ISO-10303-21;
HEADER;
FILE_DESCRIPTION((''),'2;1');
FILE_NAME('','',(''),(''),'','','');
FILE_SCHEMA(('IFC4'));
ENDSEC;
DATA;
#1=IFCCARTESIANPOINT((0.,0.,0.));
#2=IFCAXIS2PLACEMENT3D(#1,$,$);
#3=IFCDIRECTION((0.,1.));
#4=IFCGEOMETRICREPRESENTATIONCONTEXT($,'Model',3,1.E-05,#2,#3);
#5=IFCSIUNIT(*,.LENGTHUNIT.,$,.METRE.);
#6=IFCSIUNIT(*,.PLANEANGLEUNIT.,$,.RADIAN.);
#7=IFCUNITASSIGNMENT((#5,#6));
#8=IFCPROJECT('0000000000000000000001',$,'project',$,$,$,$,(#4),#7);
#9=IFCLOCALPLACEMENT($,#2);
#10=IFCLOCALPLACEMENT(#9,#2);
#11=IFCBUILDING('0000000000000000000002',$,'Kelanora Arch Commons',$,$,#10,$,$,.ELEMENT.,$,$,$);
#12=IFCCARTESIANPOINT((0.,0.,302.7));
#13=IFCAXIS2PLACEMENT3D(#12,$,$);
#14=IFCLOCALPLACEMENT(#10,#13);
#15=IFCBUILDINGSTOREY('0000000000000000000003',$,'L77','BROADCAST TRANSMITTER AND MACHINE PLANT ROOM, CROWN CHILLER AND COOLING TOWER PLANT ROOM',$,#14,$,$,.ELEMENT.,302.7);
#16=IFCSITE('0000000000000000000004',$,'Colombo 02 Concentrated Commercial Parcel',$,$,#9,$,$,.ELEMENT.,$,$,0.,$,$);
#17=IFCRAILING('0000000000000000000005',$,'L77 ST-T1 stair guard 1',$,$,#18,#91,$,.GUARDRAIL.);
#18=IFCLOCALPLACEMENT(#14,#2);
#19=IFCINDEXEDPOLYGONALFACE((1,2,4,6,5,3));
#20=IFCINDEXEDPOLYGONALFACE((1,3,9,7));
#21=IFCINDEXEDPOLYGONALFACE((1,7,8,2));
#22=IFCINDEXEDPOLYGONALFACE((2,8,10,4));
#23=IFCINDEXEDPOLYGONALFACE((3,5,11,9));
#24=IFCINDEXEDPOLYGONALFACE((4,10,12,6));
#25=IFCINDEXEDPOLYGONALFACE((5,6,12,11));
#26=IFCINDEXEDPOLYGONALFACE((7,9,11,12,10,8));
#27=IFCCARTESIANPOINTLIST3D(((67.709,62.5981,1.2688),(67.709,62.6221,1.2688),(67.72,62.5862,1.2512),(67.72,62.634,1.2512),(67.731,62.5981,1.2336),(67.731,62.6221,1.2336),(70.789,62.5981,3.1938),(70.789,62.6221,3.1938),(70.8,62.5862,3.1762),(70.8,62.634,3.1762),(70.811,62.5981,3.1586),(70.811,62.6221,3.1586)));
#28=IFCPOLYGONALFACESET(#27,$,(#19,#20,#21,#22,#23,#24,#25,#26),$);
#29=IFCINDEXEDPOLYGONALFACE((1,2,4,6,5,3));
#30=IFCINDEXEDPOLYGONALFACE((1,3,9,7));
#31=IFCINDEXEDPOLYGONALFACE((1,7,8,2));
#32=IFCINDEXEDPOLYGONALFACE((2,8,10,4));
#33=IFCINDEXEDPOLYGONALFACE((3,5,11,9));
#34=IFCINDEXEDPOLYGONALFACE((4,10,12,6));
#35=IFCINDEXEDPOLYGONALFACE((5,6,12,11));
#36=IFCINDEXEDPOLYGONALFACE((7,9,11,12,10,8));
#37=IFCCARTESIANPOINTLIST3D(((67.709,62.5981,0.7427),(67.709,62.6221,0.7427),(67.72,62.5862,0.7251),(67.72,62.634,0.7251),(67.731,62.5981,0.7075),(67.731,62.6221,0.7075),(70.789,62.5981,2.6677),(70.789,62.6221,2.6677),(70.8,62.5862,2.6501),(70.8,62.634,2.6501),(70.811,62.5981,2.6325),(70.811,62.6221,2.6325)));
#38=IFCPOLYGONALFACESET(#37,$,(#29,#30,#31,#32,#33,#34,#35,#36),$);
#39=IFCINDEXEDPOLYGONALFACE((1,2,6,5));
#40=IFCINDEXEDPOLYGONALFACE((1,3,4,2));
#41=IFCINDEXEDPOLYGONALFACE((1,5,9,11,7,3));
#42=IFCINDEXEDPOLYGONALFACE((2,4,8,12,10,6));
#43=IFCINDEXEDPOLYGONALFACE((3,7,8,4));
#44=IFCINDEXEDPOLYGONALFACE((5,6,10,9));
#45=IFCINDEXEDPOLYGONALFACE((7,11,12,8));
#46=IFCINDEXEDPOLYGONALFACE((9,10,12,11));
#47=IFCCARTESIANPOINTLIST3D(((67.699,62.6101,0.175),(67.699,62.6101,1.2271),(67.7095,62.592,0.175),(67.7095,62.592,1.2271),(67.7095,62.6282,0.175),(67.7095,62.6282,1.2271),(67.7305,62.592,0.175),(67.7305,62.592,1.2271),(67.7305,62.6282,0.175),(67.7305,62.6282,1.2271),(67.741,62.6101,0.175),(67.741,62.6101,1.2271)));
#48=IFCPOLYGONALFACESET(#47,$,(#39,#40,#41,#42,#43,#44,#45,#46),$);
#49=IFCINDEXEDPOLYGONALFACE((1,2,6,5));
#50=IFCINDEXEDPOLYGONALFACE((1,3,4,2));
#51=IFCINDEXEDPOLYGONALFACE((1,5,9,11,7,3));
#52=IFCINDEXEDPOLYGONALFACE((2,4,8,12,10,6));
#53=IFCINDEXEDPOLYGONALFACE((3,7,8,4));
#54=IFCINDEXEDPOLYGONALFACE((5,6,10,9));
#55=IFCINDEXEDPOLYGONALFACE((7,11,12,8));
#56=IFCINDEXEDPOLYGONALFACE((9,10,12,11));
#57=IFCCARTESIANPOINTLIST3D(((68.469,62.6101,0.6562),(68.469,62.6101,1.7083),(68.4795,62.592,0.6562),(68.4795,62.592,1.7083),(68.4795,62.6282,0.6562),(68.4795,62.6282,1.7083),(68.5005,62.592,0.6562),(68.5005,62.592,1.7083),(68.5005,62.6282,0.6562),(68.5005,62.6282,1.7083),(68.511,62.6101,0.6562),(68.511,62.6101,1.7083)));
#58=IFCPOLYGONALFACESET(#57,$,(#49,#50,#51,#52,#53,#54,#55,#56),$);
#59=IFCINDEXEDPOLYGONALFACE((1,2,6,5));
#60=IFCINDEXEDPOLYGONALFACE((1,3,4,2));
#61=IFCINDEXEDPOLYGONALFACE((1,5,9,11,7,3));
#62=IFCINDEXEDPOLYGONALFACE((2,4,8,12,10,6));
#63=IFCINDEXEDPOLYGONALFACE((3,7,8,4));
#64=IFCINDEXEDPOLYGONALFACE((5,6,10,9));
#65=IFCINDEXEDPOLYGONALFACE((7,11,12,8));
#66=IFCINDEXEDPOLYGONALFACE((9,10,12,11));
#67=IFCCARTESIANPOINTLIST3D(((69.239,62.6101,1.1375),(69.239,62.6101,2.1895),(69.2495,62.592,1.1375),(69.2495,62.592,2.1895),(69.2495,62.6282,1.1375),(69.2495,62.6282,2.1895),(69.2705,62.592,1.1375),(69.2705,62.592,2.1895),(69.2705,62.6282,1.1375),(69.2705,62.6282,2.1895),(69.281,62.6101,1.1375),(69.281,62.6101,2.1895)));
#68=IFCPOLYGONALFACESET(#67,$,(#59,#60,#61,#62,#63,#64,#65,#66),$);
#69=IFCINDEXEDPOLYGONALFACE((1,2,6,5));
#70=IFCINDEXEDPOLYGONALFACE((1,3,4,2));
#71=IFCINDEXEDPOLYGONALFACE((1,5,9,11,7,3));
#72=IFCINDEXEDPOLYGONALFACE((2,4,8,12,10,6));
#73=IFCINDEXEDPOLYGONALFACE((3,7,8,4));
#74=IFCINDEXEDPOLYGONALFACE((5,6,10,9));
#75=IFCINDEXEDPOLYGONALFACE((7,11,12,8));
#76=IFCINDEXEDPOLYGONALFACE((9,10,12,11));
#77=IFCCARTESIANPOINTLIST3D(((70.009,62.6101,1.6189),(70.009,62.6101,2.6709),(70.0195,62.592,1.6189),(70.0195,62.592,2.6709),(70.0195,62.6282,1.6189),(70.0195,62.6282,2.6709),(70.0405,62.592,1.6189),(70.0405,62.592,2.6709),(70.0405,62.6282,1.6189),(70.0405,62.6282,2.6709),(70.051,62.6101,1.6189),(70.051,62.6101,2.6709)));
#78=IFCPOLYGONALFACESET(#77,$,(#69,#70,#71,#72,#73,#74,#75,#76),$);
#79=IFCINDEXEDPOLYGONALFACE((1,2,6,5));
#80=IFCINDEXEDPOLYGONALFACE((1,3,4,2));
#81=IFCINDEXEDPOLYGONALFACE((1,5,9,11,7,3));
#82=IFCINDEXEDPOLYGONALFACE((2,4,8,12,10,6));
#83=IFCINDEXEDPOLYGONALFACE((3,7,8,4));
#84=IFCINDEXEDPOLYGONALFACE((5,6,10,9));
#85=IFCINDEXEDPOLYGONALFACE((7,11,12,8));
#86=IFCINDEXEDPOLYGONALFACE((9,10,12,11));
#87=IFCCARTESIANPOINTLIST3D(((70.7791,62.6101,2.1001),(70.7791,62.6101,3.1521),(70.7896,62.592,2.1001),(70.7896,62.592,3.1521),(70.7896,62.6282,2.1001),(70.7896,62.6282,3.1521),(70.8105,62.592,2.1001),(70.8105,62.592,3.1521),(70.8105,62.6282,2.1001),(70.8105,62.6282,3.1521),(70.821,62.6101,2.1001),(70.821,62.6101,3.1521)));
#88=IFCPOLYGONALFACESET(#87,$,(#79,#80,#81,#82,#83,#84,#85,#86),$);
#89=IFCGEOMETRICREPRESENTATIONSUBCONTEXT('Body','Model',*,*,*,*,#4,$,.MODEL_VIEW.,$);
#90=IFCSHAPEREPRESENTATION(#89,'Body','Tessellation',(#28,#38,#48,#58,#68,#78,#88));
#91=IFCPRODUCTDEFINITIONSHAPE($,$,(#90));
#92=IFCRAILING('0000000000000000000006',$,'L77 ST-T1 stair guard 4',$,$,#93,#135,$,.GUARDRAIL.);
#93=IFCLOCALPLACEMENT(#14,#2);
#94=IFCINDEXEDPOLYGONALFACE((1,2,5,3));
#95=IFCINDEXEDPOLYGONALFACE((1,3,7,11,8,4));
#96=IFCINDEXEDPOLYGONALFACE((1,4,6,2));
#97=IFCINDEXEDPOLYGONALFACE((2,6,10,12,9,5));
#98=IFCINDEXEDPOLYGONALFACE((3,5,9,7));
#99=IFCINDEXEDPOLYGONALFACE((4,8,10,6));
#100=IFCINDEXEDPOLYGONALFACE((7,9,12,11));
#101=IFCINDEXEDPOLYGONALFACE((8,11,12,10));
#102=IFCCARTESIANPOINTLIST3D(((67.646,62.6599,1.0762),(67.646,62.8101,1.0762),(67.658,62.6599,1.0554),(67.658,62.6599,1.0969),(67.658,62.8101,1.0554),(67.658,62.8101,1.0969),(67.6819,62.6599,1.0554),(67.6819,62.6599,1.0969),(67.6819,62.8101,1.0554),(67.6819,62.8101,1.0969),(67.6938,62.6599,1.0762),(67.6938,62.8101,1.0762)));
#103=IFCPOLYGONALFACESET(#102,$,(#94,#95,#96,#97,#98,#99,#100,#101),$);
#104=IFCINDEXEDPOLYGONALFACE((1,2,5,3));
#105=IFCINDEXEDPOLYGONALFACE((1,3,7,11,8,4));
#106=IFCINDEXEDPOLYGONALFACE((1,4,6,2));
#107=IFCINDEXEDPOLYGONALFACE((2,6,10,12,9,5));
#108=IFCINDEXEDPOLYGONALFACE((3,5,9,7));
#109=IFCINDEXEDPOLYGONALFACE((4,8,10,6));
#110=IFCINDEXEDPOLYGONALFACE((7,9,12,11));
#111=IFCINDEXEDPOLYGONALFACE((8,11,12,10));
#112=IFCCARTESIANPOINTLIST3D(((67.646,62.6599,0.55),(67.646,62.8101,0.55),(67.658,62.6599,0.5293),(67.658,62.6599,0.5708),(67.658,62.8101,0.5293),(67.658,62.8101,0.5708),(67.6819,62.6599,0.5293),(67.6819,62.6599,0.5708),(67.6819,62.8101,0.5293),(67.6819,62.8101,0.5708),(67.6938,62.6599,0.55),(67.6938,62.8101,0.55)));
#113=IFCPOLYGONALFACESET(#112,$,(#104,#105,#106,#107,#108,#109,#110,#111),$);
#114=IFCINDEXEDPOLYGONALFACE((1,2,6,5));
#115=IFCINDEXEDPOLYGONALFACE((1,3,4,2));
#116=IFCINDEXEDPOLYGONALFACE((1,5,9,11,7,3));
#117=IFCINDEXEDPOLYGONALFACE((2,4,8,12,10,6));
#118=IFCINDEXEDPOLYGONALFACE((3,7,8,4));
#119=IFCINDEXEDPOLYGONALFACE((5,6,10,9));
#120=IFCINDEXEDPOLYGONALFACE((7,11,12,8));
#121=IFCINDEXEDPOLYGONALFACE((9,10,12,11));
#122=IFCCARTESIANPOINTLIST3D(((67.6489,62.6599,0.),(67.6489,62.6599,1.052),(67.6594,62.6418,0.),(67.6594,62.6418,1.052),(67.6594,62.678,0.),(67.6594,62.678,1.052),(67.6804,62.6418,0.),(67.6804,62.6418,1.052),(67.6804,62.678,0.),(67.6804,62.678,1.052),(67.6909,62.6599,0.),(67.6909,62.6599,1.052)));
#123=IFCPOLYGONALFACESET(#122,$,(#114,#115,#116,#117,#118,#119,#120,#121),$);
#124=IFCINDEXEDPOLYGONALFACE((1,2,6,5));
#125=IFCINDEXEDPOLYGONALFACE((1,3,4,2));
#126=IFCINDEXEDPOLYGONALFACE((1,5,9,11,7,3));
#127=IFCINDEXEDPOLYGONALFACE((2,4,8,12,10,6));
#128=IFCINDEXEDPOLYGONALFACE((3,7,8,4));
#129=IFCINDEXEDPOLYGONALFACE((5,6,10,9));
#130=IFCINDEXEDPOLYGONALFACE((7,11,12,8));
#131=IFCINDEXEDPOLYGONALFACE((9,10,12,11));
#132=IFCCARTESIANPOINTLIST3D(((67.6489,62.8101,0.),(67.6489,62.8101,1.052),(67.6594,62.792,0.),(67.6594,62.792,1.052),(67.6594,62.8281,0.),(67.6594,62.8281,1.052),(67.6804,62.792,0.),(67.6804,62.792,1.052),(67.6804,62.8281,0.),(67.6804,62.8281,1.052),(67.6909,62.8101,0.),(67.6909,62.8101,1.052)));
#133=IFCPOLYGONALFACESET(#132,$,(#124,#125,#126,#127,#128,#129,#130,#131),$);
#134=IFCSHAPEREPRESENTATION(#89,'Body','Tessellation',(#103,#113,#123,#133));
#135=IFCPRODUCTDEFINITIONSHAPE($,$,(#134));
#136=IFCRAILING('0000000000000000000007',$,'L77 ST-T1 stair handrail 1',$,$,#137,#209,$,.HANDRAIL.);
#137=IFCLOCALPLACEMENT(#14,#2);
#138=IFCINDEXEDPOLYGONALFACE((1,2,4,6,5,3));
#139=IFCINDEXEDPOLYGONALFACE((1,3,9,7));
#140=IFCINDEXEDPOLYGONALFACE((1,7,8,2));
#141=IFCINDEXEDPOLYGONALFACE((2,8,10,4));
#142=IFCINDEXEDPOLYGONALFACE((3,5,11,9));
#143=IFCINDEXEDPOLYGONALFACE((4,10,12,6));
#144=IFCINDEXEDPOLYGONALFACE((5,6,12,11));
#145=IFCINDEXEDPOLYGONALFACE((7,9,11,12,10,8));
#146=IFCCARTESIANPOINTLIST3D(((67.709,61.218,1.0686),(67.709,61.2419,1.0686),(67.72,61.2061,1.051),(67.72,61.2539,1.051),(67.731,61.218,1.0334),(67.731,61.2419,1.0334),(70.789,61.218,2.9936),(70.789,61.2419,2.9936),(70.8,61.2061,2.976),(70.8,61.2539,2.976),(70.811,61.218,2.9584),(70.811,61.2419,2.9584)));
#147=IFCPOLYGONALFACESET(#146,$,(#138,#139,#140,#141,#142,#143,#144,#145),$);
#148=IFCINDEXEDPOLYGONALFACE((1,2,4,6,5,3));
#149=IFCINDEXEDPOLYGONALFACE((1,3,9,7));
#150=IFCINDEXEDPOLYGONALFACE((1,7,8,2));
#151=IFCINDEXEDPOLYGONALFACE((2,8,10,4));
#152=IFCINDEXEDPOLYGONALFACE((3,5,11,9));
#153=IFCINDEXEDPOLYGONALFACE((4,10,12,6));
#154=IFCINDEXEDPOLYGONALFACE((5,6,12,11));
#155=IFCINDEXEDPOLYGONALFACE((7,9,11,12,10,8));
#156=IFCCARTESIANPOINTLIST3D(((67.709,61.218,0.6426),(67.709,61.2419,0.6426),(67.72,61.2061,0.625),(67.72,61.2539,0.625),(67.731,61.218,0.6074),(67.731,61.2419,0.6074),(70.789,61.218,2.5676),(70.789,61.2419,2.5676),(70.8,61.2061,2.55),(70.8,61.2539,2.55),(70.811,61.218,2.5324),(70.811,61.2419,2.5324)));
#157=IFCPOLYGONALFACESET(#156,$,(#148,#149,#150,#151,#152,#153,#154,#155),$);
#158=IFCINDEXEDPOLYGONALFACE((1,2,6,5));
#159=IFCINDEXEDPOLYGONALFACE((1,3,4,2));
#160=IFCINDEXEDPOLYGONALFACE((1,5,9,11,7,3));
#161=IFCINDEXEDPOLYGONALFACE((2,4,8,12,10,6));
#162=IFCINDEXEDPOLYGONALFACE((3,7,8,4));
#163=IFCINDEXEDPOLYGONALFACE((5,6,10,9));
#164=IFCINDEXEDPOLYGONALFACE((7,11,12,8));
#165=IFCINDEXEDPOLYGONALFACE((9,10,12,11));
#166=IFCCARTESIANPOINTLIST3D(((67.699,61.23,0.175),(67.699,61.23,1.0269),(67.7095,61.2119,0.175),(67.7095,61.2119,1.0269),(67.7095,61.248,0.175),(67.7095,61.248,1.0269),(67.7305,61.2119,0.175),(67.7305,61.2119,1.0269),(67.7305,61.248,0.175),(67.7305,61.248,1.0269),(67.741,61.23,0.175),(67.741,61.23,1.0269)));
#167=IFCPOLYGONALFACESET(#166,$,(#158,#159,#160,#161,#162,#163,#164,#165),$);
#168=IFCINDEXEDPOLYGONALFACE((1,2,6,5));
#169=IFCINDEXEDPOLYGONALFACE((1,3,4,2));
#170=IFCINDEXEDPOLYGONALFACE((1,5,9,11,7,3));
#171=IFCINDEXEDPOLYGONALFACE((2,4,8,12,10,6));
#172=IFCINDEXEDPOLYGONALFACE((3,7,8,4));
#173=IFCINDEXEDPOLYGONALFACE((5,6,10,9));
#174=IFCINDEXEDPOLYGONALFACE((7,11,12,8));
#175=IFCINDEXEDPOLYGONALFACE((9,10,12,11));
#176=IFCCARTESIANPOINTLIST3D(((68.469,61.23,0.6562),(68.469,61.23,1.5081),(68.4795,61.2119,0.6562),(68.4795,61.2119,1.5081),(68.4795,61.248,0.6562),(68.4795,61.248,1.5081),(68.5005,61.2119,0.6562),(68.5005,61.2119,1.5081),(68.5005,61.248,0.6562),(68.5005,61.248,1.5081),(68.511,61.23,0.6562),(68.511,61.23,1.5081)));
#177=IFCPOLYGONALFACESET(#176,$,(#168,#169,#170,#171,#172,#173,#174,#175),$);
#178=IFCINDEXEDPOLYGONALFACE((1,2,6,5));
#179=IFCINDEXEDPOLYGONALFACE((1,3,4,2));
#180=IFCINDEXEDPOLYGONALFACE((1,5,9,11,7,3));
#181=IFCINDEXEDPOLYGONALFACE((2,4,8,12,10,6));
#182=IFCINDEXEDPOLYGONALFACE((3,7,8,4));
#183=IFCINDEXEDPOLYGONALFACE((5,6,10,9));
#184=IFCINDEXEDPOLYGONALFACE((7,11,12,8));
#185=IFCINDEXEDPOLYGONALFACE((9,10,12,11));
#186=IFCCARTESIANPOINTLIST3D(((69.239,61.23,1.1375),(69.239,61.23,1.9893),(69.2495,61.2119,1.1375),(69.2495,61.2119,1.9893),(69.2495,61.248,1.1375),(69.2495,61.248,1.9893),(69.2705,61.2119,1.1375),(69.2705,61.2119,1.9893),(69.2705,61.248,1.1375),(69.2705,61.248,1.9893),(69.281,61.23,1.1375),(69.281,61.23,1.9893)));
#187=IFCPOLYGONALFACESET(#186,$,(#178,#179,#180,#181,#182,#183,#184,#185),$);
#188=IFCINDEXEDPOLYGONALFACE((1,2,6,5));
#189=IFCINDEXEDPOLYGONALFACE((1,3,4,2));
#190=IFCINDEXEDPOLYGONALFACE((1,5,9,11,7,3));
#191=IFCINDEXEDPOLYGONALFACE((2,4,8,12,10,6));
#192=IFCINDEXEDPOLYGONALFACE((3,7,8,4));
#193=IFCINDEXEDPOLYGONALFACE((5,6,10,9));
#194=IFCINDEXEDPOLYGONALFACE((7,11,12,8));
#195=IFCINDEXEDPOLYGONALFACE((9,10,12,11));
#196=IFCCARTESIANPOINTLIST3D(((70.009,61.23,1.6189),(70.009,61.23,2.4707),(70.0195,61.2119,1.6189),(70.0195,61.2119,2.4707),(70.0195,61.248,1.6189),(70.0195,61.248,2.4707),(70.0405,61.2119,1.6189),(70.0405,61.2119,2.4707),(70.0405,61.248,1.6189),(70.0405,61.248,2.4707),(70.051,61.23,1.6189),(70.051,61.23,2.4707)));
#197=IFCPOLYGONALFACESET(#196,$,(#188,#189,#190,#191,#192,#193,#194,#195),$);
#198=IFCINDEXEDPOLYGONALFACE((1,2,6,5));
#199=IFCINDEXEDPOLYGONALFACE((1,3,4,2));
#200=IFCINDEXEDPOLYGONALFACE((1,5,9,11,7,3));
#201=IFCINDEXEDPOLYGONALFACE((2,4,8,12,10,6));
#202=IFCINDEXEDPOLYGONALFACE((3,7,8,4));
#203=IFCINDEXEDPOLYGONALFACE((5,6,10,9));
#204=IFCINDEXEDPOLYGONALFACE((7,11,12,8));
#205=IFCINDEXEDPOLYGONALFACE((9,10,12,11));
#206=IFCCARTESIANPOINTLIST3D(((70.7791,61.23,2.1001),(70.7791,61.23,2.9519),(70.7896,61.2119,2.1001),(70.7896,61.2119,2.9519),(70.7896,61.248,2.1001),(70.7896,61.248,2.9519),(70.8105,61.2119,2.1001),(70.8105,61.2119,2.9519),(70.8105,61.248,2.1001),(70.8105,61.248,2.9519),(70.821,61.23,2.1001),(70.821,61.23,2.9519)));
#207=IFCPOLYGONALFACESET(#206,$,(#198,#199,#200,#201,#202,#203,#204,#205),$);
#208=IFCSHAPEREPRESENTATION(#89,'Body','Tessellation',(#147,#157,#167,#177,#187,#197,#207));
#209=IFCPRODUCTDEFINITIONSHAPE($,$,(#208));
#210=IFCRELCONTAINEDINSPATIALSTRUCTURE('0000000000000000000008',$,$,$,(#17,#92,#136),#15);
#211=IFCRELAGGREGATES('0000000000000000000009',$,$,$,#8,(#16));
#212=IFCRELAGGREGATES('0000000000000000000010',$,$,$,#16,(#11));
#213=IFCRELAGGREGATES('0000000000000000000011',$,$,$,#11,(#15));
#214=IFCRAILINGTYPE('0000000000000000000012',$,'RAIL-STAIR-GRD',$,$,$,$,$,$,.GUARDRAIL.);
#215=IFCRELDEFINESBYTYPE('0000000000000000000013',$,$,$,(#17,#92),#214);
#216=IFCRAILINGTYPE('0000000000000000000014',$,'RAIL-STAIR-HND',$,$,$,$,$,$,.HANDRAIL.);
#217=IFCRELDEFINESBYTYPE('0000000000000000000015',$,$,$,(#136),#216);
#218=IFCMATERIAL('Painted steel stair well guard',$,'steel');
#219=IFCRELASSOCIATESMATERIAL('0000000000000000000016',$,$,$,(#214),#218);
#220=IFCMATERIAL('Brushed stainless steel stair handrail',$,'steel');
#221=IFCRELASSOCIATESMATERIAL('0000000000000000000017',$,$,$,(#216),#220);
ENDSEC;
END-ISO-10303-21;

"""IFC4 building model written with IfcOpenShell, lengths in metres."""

from ifc_helpers import new_model, si_unit, direction, frame, origin, place, context, subcontext, project, spatial, polyline, outline, extrude, material, type_object, element, save


model = new_model("IFC4")

# Units and contexts
model_context = context("Model", 3, precision=1e-05, world=origin(), true_north=direction((0.0, 1.0)))
body_context = subcontext(model_context, "Body", "Model", "MODEL_VIEW")
ifc_project = project(units=[si_unit("LENGTHUNIT", "METRE"), si_unit("PLANEANGLEUNIT", "RADIAN")], contexts=[model_context])

# Site, building, storey
site_placement = place(None, origin())
site = spatial("IfcSite", under=ifc_project, at=site_placement, Name="Colombo 02 Concentrated Commercial Parcel", CompositionType="ELEMENT", RefElevation=0.0)
building_placement = place(site_placement, origin())
building = spatial("IfcBuilding", under=site, at=building_placement, Name="Kelanora Arch Commons", CompositionType="ELEMENT")
storey_placement = place(building_placement, frame((0.0, 0.0, 302.7)))
storey = spatial("IfcBuildingStorey", under=building, at=storey_placement, Name="L77", Description="BROADCAST TRANSMITTER AND MACHINE PLANT ROOM, CROWN CHILLER AND COOLING TOWER PLANT ROOM", CompositionType="ELEMENT", Elevation=302.7)

# Railings
ifc_material_1 = material(Name="Painted steel stair well guard", Category="steel")
railing_type_1 = type_object("IfcRailingType", Name="RAIL-STAIR-GRD", PredefinedType="GUARDRAIL", material=ifc_material_1)
railing_1_placement = place(storey_placement, frame((67.72, 62.6101, 0.175)))
element("IfcRailing", 1, at=railing_1_placement, inside=storey, type_object=railing_type_1, Name="L77 ST-T1 stair guard 1", PredefinedType="GUARDRAIL", context=body_context, shape_type="SweptSolid", body=[
    extrude(outline(polyline([(0.0239, 0.0), (0.012, 0.0208), (-0.012, 0.0208), (-0.0239, 0.0), (-0.012, -0.0208), (0.012, -0.0208), (0.0239, 0.0)])), frame((0.0, 0.0, 1.0762), z_axis=(0.847998, 0.0, 0.529999), x_axis=(0.0, 1.0, 0.0)), (0.0, 0.0, 1.0), 3.6321),
    extrude(outline(polyline([(0.0239, 0.0), (0.012, 0.0208), (-0.012, 0.0208), (-0.0239, 0.0), (-0.012, -0.0208), (0.012, -0.0208), (0.0239, 0.0)])), frame((0.0, 0.0, 0.55), z_axis=(0.847998, 0.0, 0.529999), x_axis=(0.0, 1.0, 0.0)), (0.0, 0.0, 1.0), 3.6321),
    extrude(outline(polyline([(0.021, 0.0), (0.0105, 0.0181), (-0.0105, 0.0181), (-0.021, 0.0), (-0.0105, -0.0181), (0.0105, -0.0181), (0.021, 0.0)])), origin(), (0.0, 0.0, 1.0), 1.052),
    extrude(outline(polyline([(0.021, 0.0), (0.0105, 0.0181), (-0.0105, 0.0181), (-0.021, 0.0), (-0.0105, -0.0181), (0.0105, -0.0181), (0.021, 0.0)])), frame((0.77, 0.0, 0.4812)), (0.0, 0.0, 1.0), 1.052),
    extrude(outline(polyline([(0.021, 0.0), (0.0105, 0.0181), (-0.0105, 0.0181), (-0.021, 0.0), (-0.0105, -0.0181), (0.0105, -0.0181), (0.021, 0.0)])), frame((1.54, 0.0, 0.9624)), (0.0, 0.0, 1.0), 1.052),
    extrude(outline(polyline([(0.021, 0.0), (0.0105, 0.0181), (-0.0105, 0.0181), (-0.021, 0.0), (-0.0105, -0.0181), (0.0105, -0.0181), (0.021, 0.0)])), frame((2.3101, 0.0, 1.4438)), (0.0, 0.0, 1.0), 1.052),
    extrude(outline(polyline([(0.021, 0.0), (0.0105, 0.0181), (-0.0105, 0.0181), (-0.021, 0.0), (-0.0105, -0.0181), (0.0105, -0.0181), (0.021, 0.0)])), frame((3.0801, 0.0, 1.925)), (0.0, 0.0, 1.0), 1.052),
])
railing_2_placement = place(storey_placement, frame((67.6699, 62.6599, 0.0)))
element("IfcRailing", 2, at=railing_2_placement, inside=storey, type_object=railing_type_1, Name="L77 ST-T1 stair guard 4", PredefinedType="GUARDRAIL", context=body_context, shape_type="SweptSolid", body=[
    extrude(outline(polyline([(0.0239, 0.0), (0.012, 0.0208), (-0.012, 0.0208), (-0.0239, 0.0), (-0.012, -0.0208), (0.012, -0.0208), (0.0239, 0.0)])), frame((0.0, 0.0, 1.0762), z_axis=(0.0, 1.0, 0.0), x_axis=(-1.0, 0.0, 0.0)), (0.0, 0.0, 1.0), 0.1501),
    extrude(outline(polyline([(0.0239, 0.0), (0.012, 0.0208), (-0.012, 0.0208), (-0.0239, 0.0), (-0.012, -0.0208), (0.012, -0.0208), (0.0239, 0.0)])), frame((0.0, 0.0, 0.55), z_axis=(0.0, 1.0, 0.0), x_axis=(-1.0, 0.0, 0.0)), (0.0, 0.0, 1.0), 0.1501),
    extrude(outline(polyline([(0.021, 0.0), (0.0105, 0.0181), (-0.0105, 0.0181), (-0.021, 0.0), (-0.0105, -0.0181), (0.0105, -0.0181), (0.021, 0.0)])), origin(), (0.0, 0.0, 1.0), 1.052),
    extrude(outline(polyline([(0.021, 0.0), (0.0105, 0.0181), (-0.0105, 0.0181), (-0.021, 0.0), (-0.0105, -0.0181), (0.0105, -0.0181), (0.021, 0.0)])), frame((0.0, 0.1501, 0.0)), (0.0, 0.0, 1.0), 1.052),
])
ifc_material_2 = material(Name="Brushed stainless steel stair handrail", Category="steel")
railing_type_2 = type_object("IfcRailingType", Name="RAIL-STAIR-HND", PredefinedType="HANDRAIL", material=ifc_material_2)
railing_3_placement = place(storey_placement, frame((67.72, 61.23, 0.175)))
element("IfcRailing", 3, at=railing_3_placement, inside=storey, type_object=railing_type_2, Name="L77 ST-T1 stair handrail 1", PredefinedType="HANDRAIL", context=body_context, shape_type="SweptSolid", body=[
    extrude(outline(polyline([(0.0239, 0.0), (0.012, 0.0208), (-0.012, 0.0208), (-0.0239, 0.0), (-0.012, -0.0208), (0.012, -0.0208), (0.0239, 0.0)])), frame((0.0, 0.0, 0.876), z_axis=(0.847998, 0.0, 0.529999), x_axis=(0.0, 1.0, 0.0)), (0.0, 0.0, 1.0), 3.6321),
    extrude(outline(polyline([(0.0239, 0.0), (0.012, 0.0208), (-0.012, 0.0208), (-0.0239, 0.0), (-0.012, -0.0208), (0.012, -0.0208), (0.0239, 0.0)])), frame((0.0, 0.0, 0.45), z_axis=(0.847998, 0.0, 0.529999), x_axis=(0.0, 1.0, 0.0)), (0.0, 0.0, 1.0), 3.6321),
    extrude(outline(polyline([(0.021, 0.0), (0.0105, 0.0181), (-0.0105, 0.0181), (-0.021, 0.0), (-0.0105, -0.0181), (0.0105, -0.0181), (0.021, 0.0)])), origin(), (0.0, 0.0, 1.0), 0.8518),
    extrude(outline(polyline([(0.021, 0.0), (0.0105, 0.0181), (-0.0105, 0.0181), (-0.021, 0.0), (-0.0105, -0.0181), (0.0105, -0.0181), (0.021, 0.0)])), frame((0.77, 0.0, 0.4812)), (0.0, 0.0, 1.0), 0.8518),
    extrude(outline(polyline([(0.021, 0.0), (0.0105, 0.0181), (-0.0105, 0.0181), (-0.021, 0.0), (-0.0105, -0.0181), (0.0105, -0.0181), (0.021, 0.0)])), frame((1.54, 0.0, 0.9624)), (0.0, 0.0, 1.0), 0.8518),
    extrude(outline(polyline([(0.021, 0.0), (0.0105, 0.0181), (-0.0105, 0.0181), (-0.021, 0.0), (-0.0105, -0.0181), (0.0105, -0.0181), (0.021, 0.0)])), frame((2.3101, 0.0, 1.4438)), (0.0, 0.0, 1.0), 0.8518),
    extrude(outline(polyline([(0.021, 0.0), (0.0105, 0.0181), (-0.0105, 0.0181), (-0.021, 0.0), (-0.0105, -0.0181), (0.0105, -0.0181), (0.021, 0.0)])), frame((3.0801, 0.0, 1.925)), (0.0, 0.0, 1.0), 0.8518),
])

save(model, "model.ifc")
